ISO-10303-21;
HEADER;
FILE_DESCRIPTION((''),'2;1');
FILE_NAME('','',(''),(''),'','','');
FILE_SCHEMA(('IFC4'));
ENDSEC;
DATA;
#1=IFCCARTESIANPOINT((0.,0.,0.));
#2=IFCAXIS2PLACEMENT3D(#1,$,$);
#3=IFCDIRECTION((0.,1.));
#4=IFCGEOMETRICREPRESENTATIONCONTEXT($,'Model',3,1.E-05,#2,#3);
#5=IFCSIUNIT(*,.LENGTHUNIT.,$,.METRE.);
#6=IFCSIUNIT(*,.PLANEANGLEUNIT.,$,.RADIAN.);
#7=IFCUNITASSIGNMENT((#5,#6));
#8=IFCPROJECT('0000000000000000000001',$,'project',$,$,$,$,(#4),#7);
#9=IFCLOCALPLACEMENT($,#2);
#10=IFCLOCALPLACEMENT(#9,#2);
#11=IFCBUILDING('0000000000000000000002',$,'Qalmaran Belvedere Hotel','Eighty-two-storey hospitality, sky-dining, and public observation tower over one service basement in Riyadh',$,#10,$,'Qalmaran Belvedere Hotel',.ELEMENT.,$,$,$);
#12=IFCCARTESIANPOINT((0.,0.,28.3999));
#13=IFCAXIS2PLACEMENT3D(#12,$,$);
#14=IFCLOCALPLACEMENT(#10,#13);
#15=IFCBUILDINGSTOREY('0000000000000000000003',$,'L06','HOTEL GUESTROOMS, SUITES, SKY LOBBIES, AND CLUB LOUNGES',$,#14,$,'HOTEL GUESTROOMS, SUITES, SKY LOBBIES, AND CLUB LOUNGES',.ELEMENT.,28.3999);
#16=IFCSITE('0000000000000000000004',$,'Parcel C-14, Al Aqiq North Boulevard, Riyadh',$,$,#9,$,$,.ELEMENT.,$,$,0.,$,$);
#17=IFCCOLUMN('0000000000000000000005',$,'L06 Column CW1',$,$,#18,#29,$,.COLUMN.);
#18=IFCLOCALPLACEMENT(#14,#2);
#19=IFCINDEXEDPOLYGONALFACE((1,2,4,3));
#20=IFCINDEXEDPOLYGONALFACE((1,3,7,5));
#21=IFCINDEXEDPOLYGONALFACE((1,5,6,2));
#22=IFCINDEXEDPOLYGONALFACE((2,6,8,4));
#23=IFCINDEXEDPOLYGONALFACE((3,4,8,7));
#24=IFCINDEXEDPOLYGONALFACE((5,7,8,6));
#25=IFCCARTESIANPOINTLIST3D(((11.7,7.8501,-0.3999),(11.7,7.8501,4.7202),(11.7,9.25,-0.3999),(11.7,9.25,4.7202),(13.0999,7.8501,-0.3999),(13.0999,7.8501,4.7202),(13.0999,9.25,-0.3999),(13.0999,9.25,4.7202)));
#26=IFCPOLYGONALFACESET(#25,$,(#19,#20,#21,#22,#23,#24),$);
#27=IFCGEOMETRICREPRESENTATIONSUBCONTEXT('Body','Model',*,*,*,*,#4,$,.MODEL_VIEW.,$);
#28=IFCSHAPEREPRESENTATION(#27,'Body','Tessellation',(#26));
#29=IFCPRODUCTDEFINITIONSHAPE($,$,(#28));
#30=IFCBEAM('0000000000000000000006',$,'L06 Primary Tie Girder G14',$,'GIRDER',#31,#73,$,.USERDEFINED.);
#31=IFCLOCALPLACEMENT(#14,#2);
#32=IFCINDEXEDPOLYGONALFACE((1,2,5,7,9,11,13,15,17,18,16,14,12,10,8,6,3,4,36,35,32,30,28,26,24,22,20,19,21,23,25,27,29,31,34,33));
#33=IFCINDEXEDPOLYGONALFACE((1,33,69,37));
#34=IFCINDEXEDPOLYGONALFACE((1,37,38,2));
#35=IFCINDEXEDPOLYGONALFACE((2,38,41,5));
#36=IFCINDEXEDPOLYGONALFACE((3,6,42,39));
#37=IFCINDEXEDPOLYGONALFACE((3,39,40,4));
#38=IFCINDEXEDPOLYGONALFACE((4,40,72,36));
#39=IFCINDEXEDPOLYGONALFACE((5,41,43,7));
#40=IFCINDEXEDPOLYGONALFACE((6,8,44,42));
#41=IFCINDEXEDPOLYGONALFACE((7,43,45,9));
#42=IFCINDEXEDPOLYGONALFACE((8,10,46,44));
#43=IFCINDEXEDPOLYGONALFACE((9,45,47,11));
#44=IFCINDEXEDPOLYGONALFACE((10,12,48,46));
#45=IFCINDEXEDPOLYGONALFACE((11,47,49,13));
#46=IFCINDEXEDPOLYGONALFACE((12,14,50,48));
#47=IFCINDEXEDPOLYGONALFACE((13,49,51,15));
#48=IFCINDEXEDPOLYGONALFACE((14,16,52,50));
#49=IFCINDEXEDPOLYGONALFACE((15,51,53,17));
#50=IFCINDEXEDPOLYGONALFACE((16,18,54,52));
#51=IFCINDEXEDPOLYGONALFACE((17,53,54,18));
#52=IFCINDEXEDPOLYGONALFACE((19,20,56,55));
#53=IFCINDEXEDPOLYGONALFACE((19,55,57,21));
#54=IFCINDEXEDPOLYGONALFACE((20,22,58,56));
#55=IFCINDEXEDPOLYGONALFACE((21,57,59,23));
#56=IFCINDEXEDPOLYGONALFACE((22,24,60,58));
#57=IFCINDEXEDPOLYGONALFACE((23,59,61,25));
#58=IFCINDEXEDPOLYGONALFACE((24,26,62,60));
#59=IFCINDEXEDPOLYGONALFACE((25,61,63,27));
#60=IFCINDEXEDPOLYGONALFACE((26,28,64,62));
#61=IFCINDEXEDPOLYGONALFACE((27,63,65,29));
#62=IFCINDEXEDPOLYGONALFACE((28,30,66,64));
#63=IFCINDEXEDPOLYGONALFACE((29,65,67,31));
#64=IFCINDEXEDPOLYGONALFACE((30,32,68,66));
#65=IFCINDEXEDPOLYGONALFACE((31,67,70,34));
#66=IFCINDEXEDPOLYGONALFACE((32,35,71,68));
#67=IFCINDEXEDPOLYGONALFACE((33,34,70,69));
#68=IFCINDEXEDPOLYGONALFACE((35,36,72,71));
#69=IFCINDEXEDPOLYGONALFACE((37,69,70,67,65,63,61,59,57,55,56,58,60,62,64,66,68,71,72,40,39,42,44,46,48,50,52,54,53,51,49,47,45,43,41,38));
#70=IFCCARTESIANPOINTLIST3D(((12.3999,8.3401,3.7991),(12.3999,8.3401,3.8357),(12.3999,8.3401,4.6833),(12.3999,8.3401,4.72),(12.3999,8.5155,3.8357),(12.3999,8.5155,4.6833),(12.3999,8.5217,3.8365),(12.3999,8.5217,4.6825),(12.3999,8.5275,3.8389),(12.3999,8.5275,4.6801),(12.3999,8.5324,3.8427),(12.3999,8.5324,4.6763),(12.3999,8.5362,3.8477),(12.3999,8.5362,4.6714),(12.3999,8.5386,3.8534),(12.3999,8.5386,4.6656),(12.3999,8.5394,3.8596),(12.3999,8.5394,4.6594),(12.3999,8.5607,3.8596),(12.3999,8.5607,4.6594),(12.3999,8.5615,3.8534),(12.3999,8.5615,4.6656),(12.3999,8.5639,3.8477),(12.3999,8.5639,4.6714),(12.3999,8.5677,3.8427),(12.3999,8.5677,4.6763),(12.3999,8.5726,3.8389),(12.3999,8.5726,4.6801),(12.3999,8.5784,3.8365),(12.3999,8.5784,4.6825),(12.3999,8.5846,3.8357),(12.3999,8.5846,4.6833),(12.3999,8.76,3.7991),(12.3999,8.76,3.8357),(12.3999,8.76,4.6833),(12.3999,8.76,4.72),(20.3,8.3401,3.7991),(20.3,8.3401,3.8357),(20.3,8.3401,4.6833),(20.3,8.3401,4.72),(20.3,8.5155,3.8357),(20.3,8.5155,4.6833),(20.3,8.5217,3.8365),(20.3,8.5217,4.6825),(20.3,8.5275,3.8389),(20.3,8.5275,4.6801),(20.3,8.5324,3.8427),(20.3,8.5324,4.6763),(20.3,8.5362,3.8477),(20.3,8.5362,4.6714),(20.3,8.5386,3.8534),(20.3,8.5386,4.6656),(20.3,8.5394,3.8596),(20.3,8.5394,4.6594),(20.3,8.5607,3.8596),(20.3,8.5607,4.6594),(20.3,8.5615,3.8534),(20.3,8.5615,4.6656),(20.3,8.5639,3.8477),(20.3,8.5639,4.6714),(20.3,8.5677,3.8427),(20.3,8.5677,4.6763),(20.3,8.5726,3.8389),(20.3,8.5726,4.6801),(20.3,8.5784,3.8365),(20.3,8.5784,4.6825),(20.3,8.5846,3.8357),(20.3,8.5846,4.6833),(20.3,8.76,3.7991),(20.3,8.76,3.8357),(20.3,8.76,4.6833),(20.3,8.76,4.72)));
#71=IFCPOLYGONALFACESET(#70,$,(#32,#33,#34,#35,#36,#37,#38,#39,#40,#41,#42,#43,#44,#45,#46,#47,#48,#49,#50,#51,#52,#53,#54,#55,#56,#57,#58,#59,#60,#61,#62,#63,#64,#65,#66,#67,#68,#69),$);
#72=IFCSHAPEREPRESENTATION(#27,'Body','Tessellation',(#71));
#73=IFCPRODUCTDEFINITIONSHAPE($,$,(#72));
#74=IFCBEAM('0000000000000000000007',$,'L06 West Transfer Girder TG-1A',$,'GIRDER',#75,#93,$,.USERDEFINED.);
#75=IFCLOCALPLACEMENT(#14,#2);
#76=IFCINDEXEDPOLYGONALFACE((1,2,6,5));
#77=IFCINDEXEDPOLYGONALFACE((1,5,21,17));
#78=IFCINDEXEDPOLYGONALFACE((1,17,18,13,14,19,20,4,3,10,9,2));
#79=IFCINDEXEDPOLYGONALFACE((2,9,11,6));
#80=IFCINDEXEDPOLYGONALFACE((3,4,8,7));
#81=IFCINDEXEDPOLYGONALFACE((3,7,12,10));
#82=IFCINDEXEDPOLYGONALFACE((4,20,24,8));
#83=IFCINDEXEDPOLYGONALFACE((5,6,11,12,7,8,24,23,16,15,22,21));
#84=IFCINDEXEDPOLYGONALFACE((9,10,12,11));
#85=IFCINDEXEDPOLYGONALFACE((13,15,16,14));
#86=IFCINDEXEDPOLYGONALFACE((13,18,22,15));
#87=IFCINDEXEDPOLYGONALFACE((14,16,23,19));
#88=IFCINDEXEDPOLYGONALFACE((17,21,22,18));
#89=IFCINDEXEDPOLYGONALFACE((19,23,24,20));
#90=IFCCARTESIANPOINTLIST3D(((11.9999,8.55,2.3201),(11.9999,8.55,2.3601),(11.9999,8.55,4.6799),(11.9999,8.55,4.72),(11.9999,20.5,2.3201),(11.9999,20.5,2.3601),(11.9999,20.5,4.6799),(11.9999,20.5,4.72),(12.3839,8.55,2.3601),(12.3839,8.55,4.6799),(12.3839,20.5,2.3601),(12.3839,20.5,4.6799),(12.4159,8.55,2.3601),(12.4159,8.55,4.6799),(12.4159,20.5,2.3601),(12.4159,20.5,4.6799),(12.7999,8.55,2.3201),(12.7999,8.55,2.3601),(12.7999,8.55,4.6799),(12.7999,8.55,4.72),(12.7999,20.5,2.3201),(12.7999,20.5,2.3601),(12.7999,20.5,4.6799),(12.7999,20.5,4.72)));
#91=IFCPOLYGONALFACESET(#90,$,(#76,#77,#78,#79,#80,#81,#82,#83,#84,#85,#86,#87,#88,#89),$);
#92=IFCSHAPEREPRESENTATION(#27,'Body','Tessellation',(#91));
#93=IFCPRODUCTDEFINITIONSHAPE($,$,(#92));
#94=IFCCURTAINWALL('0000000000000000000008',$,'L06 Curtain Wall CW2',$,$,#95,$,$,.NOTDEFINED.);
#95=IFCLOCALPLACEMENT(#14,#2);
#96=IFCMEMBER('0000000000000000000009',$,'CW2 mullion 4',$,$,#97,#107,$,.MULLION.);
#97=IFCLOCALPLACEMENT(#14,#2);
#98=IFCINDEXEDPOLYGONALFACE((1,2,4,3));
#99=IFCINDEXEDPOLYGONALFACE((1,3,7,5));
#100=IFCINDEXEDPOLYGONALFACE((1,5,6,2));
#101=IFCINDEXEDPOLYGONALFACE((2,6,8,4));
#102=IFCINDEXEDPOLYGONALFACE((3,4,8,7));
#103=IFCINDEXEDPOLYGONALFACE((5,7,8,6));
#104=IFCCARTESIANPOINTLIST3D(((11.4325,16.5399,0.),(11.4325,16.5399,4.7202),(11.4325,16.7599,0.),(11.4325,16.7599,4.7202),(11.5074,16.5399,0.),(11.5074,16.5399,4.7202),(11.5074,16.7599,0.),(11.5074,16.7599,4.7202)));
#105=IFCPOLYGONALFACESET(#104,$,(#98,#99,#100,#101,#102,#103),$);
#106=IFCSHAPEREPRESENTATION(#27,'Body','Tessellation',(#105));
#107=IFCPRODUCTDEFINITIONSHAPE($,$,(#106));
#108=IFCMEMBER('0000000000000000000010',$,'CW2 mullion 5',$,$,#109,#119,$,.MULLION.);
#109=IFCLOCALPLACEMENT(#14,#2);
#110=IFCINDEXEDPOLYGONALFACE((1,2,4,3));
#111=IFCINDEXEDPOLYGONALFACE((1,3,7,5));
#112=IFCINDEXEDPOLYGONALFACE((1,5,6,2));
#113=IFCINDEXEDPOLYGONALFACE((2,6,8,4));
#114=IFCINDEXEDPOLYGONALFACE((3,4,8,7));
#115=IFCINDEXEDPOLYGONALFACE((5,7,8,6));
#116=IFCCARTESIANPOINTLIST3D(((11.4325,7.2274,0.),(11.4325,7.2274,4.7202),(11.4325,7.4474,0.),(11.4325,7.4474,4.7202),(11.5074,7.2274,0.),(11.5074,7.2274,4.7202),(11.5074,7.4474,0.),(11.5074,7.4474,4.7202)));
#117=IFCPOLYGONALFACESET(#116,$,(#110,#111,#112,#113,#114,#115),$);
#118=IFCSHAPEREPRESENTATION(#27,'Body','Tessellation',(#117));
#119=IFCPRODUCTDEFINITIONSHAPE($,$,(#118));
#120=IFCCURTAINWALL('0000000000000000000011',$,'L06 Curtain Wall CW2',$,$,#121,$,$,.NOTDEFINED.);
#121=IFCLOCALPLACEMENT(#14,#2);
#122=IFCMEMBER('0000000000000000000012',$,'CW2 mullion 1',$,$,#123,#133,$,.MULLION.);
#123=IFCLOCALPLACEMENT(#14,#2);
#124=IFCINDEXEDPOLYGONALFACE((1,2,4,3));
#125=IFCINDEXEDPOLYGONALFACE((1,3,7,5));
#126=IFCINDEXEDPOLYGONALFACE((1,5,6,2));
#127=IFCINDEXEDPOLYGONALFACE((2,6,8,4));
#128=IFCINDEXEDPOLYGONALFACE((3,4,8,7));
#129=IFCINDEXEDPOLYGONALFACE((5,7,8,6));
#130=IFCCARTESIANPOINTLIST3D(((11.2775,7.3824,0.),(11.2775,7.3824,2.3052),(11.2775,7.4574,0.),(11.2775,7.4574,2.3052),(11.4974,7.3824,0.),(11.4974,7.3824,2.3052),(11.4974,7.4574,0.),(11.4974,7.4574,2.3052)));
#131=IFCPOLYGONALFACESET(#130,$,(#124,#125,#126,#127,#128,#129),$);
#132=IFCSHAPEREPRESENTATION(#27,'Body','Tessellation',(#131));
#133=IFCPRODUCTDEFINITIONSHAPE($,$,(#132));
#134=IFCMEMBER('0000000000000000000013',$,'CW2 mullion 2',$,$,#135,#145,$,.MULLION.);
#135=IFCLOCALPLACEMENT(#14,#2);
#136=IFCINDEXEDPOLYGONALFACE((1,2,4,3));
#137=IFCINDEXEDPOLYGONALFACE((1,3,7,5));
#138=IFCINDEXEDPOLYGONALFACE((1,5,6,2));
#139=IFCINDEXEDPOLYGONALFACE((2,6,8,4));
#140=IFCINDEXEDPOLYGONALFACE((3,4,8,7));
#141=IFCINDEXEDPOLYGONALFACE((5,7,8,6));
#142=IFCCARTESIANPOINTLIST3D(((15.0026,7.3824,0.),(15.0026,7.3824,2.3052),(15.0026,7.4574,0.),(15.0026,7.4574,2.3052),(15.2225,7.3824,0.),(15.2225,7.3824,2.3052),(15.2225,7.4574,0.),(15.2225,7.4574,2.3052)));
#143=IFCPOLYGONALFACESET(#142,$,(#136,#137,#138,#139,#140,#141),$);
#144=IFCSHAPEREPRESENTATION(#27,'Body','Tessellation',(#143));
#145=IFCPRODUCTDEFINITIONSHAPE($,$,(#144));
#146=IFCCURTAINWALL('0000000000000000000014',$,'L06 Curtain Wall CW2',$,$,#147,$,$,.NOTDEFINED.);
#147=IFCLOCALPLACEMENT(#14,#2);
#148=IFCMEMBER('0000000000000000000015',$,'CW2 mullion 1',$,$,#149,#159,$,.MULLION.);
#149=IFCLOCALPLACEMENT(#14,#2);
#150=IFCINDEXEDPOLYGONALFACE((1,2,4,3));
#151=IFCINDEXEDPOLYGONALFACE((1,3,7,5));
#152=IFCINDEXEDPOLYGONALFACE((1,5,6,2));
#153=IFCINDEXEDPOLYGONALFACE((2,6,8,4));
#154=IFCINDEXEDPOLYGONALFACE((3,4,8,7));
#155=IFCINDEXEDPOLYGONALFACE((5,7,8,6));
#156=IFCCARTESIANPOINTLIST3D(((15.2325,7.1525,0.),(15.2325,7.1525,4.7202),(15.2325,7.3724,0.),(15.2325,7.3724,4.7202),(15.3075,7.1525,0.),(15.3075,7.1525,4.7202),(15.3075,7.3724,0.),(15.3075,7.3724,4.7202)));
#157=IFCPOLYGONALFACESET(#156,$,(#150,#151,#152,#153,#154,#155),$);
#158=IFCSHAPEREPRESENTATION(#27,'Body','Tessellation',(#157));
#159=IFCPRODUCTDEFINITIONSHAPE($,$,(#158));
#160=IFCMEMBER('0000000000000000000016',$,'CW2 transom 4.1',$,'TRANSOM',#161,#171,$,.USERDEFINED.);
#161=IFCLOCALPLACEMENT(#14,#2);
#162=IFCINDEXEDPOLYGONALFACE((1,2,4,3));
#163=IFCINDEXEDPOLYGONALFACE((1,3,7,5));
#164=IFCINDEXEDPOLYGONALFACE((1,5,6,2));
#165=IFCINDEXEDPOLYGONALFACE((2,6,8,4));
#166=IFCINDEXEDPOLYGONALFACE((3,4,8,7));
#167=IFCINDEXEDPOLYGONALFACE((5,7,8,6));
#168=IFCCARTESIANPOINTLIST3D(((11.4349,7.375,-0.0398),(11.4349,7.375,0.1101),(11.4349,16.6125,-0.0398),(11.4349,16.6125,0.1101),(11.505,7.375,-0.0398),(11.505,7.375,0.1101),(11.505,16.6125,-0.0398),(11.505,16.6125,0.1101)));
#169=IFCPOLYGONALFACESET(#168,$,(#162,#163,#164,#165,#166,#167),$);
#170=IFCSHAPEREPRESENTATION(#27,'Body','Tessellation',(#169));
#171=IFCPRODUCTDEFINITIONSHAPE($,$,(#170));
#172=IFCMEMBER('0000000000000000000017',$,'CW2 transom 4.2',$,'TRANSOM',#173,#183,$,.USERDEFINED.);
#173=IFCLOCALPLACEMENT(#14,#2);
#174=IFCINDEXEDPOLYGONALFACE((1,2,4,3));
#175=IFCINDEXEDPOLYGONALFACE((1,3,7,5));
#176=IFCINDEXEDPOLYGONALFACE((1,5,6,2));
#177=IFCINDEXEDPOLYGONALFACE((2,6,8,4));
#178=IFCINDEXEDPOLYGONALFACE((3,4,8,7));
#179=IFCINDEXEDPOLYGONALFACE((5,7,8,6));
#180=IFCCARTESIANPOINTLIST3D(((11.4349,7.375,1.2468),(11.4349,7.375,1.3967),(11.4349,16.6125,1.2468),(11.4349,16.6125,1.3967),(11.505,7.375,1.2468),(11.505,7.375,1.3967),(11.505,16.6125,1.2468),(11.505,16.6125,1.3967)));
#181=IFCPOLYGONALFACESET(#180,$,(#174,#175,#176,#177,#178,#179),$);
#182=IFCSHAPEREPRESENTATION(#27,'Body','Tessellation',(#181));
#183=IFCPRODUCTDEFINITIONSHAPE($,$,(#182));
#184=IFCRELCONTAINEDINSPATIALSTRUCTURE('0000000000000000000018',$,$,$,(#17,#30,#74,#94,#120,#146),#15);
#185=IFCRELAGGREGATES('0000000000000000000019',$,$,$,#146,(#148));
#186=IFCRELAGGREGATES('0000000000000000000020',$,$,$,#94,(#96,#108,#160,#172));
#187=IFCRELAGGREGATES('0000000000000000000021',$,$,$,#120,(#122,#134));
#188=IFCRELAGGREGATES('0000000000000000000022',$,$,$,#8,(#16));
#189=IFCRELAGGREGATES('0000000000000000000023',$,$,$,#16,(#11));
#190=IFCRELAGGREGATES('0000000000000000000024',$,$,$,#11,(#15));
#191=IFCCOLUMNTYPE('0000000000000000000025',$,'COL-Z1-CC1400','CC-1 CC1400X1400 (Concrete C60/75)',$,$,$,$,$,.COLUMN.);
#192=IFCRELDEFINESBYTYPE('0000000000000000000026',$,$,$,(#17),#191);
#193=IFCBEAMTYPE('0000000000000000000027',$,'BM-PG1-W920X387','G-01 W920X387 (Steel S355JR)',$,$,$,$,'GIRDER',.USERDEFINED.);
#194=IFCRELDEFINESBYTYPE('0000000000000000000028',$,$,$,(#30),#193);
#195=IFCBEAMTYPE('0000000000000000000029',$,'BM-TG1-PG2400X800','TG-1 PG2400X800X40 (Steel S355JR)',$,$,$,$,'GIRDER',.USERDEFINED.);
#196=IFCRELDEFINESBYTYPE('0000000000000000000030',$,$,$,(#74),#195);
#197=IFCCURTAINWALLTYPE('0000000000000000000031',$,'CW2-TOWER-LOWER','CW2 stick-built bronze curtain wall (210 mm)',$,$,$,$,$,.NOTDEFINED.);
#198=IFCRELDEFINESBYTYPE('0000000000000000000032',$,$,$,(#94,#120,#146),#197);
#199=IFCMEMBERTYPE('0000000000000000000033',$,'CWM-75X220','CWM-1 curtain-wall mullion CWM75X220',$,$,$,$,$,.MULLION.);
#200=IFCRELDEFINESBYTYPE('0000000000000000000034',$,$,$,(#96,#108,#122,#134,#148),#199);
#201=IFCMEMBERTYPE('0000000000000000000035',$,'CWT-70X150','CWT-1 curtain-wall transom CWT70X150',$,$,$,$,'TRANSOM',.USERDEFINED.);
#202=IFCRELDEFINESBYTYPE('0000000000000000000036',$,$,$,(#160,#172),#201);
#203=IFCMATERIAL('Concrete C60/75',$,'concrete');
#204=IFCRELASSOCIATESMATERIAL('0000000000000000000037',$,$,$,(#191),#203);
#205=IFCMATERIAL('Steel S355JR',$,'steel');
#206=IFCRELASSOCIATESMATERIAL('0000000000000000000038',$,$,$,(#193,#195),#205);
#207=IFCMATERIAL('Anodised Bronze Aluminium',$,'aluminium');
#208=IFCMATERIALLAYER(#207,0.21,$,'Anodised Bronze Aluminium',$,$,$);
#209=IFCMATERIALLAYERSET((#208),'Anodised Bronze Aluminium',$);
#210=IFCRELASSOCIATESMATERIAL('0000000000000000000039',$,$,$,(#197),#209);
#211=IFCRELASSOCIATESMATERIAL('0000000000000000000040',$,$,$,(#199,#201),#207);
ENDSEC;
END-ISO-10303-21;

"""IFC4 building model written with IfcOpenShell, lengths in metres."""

from ifc_helpers import new_model, si_unit, direction, frame, origin, origin_2d, place, context, subcontext, project, spatial, rectangle, i_section, extrude, material, layer, layer_set, material_profile, profile_set, type_object, element, aggregate, save


model = new_model("IFC4")

# Units and contexts
model_context = context("Model", 3, precision=1e-05, world=origin(), true_north=direction((0.0, 1.0)))
body_context = subcontext(model_context, "Body", "Model", "MODEL_VIEW")
ifc_project = project(units=[si_unit("LENGTHUNIT", "METRE"), si_unit("PLANEANGLEUNIT", "RADIAN")], contexts=[model_context])

# Site, building, storey
site_placement = place(None, origin())
site = spatial("IfcSite", under=ifc_project, at=site_placement, Name="Parcel C-14, Al Aqiq North Boulevard, Riyadh", CompositionType="ELEMENT", RefElevation=0.0)
building_placement = place(site_placement, origin())
building = spatial("IfcBuilding", under=site, at=building_placement, Name="Qalmaran Belvedere Hotel", Description="Eighty-two-storey hospitality, sky-dining, and public observation tower over one service basement in Riyadh", LongName="Qalmaran Belvedere Hotel", CompositionType="ELEMENT")
storey_placement = place(building_placement, frame((0.0, 0.0, 28.3999)))
storey = spatial("IfcBuildingStorey", under=building, at=storey_placement, Name="L06", Description="HOTEL GUESTROOMS, SUITES, SKY LOBBIES, AND CLUB LOUNGES", LongName="HOTEL GUESTROOMS, SUITES, SKY LOBBIES, AND CLUB LOUNGES", CompositionType="ELEMENT", Elevation=28.3999)

# Column
ifc_material_1 = material(Name="Concrete C60/75", Category="concrete")
ifc_material_profile_1 = material_profile(ifc_material_1, rectangle(XDim=1.3999, YDim=1.3999, at=origin_2d()), Name="CC1400X1400")
ifc_profile_set_1 = profile_set([ifc_material_profile_1], Name="Concrete C60/75")
column_type = type_object("IfcColumnType", Name="COL-Z1-CC1400", Description="CC-1 CC1400X1400 (Concrete C60/75)", PredefinedType="COLUMN", material=ifc_profile_set_1)
column_placement = place(storey_placement, frame((12.3999, 8.55, -0.3999), z_axis=(0.0, 0.0, 1.0), x_axis=(1.0, 0.0, 0.0)))
element("IfcColumn", 1, at=column_placement, inside=storey, type_object=column_type, Name="L06 Column CW1", PredefinedType="COLUMN", context=body_context, shape_type="SweptSolid", body=[
    extrude(rectangle(XDim=1.3999, YDim=1.3999, at=origin_2d()), origin(), (0.0, 0.0, 1.0), 5.1201),
])

# Beams
ifc_material_2 = material(Name="Steel S355JR", Category="steel")
ifc_material_profile_2 = material_profile(ifc_material_2, i_section(OverallWidth=0.4199, OverallDepth=0.9209, WebThickness=0.0212, FlangeThickness=0.0366, FilletRadius=0.0239, at=origin_2d()), Name="W920X387")
ifc_profile_set_2 = profile_set([ifc_material_profile_2], Name="Steel S355JR")
beam_type_1 = type_object("IfcBeamType", Name="BM-PG1-W920X387", Description="G-01 W920X387 (Steel S355JR)", ElementType="GIRDER", PredefinedType="USERDEFINED", material=ifc_profile_set_2)
beam_1_placement = place(storey_placement, frame((12.3999, 8.55, 4.2595), z_axis=(1.0, 0.0, 0.0), x_axis=(0.0, 1.0, 0.0)))
element("IfcBeam", 2, at=beam_1_placement, inside=storey, type_object=beam_type_1, Name="L06 Primary Tie Girder G14", ObjectType="GIRDER", PredefinedType="USERDEFINED", context=body_context, shape_type="SweptSolid", body=[
    extrude(i_section(OverallWidth=0.4199, OverallDepth=0.9209, WebThickness=0.0212, FlangeThickness=0.0366, FilletRadius=0.0239, at=origin_2d()), origin(), (0.0, 0.0, 1.0), 7.9001),
])
ifc_material_profile_3 = material_profile(ifc_material_2, i_section(OverallWidth=0.8, OverallDepth=2.3999, WebThickness=0.032, FlangeThickness=0.04, at=origin_2d()), Name="PG2400X800X40")
ifc_profile_set_3 = profile_set([ifc_material_profile_3], Name="Steel S355JR")
beam_type_2 = type_object("IfcBeamType", Name="BM-TG1-PG2400X800", Description="TG-1 PG2400X800X40 (Steel S355JR)", ElementType="GIRDER", PredefinedType="USERDEFINED", material=ifc_profile_set_3)
beam_2_placement = place(storey_placement, frame((12.3999, 8.55, 3.52), z_axis=(0.0, 1.0, 0.0), x_axis=(-1.0, 0.0, 0.0)))
element("IfcBeam", 3, at=beam_2_placement, inside=storey, type_object=beam_type_2, Name="L06 West Transfer Girder TG-1A", ObjectType="GIRDER", PredefinedType="USERDEFINED", context=body_context, shape_type="SweptSolid", body=[
    extrude(i_section(OverallWidth=0.8, OverallDepth=2.3999, WebThickness=0.032, FlangeThickness=0.04, at=origin_2d()), origin(), (0.0, 0.0, 1.0), 11.95),
])

# Curtain walls, members
ifc_material_3 = material(Name="Anodised Bronze Aluminium", Category="aluminium")
ifc_layer_1 = layer(ifc_material_3, 0.21, Name="Anodised Bronze Aluminium")
ifc_layer_set_1 = layer_set([ifc_layer_1], Name="Anodised Bronze Aluminium")
curtain_wall_type = type_object("IfcCurtainWallType", Name="CW2-TOWER-LOWER", Description="CW2 stick-built bronze curtain wall (210 mm)", PredefinedType="NOTDEFINED", material=ifc_layer_set_1)
curtain_wall_1_placement = place(storey_placement, origin())
curtain_wall_1 = element("IfcCurtainWall", 4, at=curtain_wall_1_placement, inside=storey, type_object=curtain_wall_type, Name="L06 Curtain Wall CW2", PredefinedType="NOTDEFINED")
ifc_material_profile_4 = material_profile(ifc_material_3, rectangle(XDim=0.075, YDim=0.22, at=origin_2d()), Name="CWM75X220")
ifc_profile_set_4 = profile_set([ifc_material_profile_4], Name="Anodised Bronze Aluminium")
member_type_1 = type_object("IfcMemberType", Name="CWM-75X220", Description="CWM-1 curtain-wall mullion CWM75X220", PredefinedType="MULLION", material=ifc_profile_set_4)
member_1_placement = place(storey_placement, frame((11.47, 16.6499, 0.0), z_axis=(0.0, 0.0, 1.0), x_axis=(1.0, 0.0, 0.0)))
member_1 = element("IfcMember", 5, at=member_1_placement, type_object=member_type_1, Name="CW2 mullion 4", PredefinedType="MULLION", context=body_context, shape_type="SweptSolid", body=[
    extrude(rectangle(XDim=0.075, YDim=0.22, at=origin_2d()), origin(), (0.0, 0.0, 1.0), 4.7202),
])
member_2_placement = place(storey_placement, frame((11.47, 7.3374, 0.0), z_axis=(0.0, 0.0, 1.0), x_axis=(1.0, 0.0, 0.0)))
member_2 = element("IfcMember", 6, at=member_2_placement, type_object=member_type_1, Name="CW2 mullion 5", PredefinedType="MULLION", context=body_context, shape_type="SweptSolid", body=[
    extrude(rectangle(XDim=0.075, YDim=0.22, at=origin_2d()), origin(), (0.0, 0.0, 1.0), 4.7202),
])
curtain_wall_2_placement = place(storey_placement, origin())
curtain_wall_2 = element("IfcCurtainWall", 7, at=curtain_wall_2_placement, inside=storey, type_object=curtain_wall_type, Name="L06 Curtain Wall CW2", PredefinedType="NOTDEFINED")
member_3_placement = place(storey_placement, frame((11.3875, 7.4199, 0.0), z_axis=(0.0, 0.0, 1.0), x_axis=(0.0, 1.0, 0.0)))
member_3 = element("IfcMember", 8, at=member_3_placement, type_object=member_type_1, Name="CW2 mullion 1", PredefinedType="MULLION", context=body_context, shape_type="SweptSolid", body=[
    extrude(rectangle(XDim=0.075, YDim=0.22, at=origin_2d()), origin(), (0.0, 0.0, 1.0), 2.3052),
])
member_4_placement = place(storey_placement, frame((15.1125, 7.4199, 0.0), z_axis=(0.0, 0.0, 1.0), x_axis=(0.0, 1.0, 0.0)))
member_4 = element("IfcMember", 9, at=member_4_placement, type_object=member_type_1, Name="CW2 mullion 2", PredefinedType="MULLION", context=body_context, shape_type="SweptSolid", body=[
    extrude(rectangle(XDim=0.075, YDim=0.22, at=origin_2d()), origin(), (0.0, 0.0, 1.0), 2.3052),
])

# Curtain wall, member
curtain_wall_3_placement = place(storey_placement, origin())
curtain_wall_3 = element("IfcCurtainWall", 10, at=curtain_wall_3_placement, inside=storey, type_object=curtain_wall_type, Name="L06 Curtain Wall CW2", PredefinedType="NOTDEFINED")
member_5_placement = place(storey_placement, frame((15.27, 7.2625, 0.0), z_axis=(0.0, 0.0, 1.0), x_axis=(1.0, 0.0, 0.0)))
member_5 = element("IfcMember", 11, at=member_5_placement, type_object=member_type_1, Name="CW2 mullion 1", PredefinedType="MULLION", context=body_context, shape_type="SweptSolid", body=[
    extrude(rectangle(XDim=0.075, YDim=0.22, at=origin_2d()), origin(), (0.0, 0.0, 1.0), 4.7202),
])

# Members
ifc_material_profile_5 = material_profile(ifc_material_3, rectangle(XDim=0.0701, YDim=0.1499, at=origin_2d()), Name="CWT70X150")
ifc_profile_set_5 = profile_set([ifc_material_profile_5], Name="Anodised Bronze Aluminium")
member_type_2 = type_object("IfcMemberType", Name="CWT-70X150", Description="CWT-1 curtain-wall transom CWT70X150", ElementType="TRANSOM", PredefinedType="USERDEFINED", material=ifc_profile_set_5)
member_6_placement = place(storey_placement, frame((11.47, 16.6125, 0.0352), z_axis=(0.0, -1.0, 0.0), x_axis=(1.0, 0.0, 0.0)))
member_6 = element("IfcMember", 12, at=member_6_placement, type_object=member_type_2, Name="CW2 transom 4.1", ObjectType="TRANSOM", PredefinedType="USERDEFINED", context=body_context, shape_type="SweptSolid", body=[
    extrude(rectangle(XDim=0.0701, YDim=0.1499, at=origin_2d()), origin(), (0.0, 0.0, 1.0), 9.2375),
])
member_7_placement = place(storey_placement, frame((11.47, 16.6125, 1.3218), z_axis=(0.0, -1.0, 0.0), x_axis=(1.0, 0.0, 0.0)))
member_7 = element("IfcMember", 13, at=member_7_placement, type_object=member_type_2, Name="CW2 transom 4.2", ObjectType="TRANSOM", PredefinedType="USERDEFINED", context=body_context, shape_type="SweptSolid", body=[
    extrude(rectangle(XDim=0.0701, YDim=0.1499, at=origin_2d()), origin(), (0.0, 0.0, 1.0), 9.2375),
])
aggregate(curtain_wall_3, [member_5])

aggregate(curtain_wall_1, [member_1, member_2, member_6, member_7])
aggregate(curtain_wall_2, [member_3, member_4])

save(model, "model.ifc")
